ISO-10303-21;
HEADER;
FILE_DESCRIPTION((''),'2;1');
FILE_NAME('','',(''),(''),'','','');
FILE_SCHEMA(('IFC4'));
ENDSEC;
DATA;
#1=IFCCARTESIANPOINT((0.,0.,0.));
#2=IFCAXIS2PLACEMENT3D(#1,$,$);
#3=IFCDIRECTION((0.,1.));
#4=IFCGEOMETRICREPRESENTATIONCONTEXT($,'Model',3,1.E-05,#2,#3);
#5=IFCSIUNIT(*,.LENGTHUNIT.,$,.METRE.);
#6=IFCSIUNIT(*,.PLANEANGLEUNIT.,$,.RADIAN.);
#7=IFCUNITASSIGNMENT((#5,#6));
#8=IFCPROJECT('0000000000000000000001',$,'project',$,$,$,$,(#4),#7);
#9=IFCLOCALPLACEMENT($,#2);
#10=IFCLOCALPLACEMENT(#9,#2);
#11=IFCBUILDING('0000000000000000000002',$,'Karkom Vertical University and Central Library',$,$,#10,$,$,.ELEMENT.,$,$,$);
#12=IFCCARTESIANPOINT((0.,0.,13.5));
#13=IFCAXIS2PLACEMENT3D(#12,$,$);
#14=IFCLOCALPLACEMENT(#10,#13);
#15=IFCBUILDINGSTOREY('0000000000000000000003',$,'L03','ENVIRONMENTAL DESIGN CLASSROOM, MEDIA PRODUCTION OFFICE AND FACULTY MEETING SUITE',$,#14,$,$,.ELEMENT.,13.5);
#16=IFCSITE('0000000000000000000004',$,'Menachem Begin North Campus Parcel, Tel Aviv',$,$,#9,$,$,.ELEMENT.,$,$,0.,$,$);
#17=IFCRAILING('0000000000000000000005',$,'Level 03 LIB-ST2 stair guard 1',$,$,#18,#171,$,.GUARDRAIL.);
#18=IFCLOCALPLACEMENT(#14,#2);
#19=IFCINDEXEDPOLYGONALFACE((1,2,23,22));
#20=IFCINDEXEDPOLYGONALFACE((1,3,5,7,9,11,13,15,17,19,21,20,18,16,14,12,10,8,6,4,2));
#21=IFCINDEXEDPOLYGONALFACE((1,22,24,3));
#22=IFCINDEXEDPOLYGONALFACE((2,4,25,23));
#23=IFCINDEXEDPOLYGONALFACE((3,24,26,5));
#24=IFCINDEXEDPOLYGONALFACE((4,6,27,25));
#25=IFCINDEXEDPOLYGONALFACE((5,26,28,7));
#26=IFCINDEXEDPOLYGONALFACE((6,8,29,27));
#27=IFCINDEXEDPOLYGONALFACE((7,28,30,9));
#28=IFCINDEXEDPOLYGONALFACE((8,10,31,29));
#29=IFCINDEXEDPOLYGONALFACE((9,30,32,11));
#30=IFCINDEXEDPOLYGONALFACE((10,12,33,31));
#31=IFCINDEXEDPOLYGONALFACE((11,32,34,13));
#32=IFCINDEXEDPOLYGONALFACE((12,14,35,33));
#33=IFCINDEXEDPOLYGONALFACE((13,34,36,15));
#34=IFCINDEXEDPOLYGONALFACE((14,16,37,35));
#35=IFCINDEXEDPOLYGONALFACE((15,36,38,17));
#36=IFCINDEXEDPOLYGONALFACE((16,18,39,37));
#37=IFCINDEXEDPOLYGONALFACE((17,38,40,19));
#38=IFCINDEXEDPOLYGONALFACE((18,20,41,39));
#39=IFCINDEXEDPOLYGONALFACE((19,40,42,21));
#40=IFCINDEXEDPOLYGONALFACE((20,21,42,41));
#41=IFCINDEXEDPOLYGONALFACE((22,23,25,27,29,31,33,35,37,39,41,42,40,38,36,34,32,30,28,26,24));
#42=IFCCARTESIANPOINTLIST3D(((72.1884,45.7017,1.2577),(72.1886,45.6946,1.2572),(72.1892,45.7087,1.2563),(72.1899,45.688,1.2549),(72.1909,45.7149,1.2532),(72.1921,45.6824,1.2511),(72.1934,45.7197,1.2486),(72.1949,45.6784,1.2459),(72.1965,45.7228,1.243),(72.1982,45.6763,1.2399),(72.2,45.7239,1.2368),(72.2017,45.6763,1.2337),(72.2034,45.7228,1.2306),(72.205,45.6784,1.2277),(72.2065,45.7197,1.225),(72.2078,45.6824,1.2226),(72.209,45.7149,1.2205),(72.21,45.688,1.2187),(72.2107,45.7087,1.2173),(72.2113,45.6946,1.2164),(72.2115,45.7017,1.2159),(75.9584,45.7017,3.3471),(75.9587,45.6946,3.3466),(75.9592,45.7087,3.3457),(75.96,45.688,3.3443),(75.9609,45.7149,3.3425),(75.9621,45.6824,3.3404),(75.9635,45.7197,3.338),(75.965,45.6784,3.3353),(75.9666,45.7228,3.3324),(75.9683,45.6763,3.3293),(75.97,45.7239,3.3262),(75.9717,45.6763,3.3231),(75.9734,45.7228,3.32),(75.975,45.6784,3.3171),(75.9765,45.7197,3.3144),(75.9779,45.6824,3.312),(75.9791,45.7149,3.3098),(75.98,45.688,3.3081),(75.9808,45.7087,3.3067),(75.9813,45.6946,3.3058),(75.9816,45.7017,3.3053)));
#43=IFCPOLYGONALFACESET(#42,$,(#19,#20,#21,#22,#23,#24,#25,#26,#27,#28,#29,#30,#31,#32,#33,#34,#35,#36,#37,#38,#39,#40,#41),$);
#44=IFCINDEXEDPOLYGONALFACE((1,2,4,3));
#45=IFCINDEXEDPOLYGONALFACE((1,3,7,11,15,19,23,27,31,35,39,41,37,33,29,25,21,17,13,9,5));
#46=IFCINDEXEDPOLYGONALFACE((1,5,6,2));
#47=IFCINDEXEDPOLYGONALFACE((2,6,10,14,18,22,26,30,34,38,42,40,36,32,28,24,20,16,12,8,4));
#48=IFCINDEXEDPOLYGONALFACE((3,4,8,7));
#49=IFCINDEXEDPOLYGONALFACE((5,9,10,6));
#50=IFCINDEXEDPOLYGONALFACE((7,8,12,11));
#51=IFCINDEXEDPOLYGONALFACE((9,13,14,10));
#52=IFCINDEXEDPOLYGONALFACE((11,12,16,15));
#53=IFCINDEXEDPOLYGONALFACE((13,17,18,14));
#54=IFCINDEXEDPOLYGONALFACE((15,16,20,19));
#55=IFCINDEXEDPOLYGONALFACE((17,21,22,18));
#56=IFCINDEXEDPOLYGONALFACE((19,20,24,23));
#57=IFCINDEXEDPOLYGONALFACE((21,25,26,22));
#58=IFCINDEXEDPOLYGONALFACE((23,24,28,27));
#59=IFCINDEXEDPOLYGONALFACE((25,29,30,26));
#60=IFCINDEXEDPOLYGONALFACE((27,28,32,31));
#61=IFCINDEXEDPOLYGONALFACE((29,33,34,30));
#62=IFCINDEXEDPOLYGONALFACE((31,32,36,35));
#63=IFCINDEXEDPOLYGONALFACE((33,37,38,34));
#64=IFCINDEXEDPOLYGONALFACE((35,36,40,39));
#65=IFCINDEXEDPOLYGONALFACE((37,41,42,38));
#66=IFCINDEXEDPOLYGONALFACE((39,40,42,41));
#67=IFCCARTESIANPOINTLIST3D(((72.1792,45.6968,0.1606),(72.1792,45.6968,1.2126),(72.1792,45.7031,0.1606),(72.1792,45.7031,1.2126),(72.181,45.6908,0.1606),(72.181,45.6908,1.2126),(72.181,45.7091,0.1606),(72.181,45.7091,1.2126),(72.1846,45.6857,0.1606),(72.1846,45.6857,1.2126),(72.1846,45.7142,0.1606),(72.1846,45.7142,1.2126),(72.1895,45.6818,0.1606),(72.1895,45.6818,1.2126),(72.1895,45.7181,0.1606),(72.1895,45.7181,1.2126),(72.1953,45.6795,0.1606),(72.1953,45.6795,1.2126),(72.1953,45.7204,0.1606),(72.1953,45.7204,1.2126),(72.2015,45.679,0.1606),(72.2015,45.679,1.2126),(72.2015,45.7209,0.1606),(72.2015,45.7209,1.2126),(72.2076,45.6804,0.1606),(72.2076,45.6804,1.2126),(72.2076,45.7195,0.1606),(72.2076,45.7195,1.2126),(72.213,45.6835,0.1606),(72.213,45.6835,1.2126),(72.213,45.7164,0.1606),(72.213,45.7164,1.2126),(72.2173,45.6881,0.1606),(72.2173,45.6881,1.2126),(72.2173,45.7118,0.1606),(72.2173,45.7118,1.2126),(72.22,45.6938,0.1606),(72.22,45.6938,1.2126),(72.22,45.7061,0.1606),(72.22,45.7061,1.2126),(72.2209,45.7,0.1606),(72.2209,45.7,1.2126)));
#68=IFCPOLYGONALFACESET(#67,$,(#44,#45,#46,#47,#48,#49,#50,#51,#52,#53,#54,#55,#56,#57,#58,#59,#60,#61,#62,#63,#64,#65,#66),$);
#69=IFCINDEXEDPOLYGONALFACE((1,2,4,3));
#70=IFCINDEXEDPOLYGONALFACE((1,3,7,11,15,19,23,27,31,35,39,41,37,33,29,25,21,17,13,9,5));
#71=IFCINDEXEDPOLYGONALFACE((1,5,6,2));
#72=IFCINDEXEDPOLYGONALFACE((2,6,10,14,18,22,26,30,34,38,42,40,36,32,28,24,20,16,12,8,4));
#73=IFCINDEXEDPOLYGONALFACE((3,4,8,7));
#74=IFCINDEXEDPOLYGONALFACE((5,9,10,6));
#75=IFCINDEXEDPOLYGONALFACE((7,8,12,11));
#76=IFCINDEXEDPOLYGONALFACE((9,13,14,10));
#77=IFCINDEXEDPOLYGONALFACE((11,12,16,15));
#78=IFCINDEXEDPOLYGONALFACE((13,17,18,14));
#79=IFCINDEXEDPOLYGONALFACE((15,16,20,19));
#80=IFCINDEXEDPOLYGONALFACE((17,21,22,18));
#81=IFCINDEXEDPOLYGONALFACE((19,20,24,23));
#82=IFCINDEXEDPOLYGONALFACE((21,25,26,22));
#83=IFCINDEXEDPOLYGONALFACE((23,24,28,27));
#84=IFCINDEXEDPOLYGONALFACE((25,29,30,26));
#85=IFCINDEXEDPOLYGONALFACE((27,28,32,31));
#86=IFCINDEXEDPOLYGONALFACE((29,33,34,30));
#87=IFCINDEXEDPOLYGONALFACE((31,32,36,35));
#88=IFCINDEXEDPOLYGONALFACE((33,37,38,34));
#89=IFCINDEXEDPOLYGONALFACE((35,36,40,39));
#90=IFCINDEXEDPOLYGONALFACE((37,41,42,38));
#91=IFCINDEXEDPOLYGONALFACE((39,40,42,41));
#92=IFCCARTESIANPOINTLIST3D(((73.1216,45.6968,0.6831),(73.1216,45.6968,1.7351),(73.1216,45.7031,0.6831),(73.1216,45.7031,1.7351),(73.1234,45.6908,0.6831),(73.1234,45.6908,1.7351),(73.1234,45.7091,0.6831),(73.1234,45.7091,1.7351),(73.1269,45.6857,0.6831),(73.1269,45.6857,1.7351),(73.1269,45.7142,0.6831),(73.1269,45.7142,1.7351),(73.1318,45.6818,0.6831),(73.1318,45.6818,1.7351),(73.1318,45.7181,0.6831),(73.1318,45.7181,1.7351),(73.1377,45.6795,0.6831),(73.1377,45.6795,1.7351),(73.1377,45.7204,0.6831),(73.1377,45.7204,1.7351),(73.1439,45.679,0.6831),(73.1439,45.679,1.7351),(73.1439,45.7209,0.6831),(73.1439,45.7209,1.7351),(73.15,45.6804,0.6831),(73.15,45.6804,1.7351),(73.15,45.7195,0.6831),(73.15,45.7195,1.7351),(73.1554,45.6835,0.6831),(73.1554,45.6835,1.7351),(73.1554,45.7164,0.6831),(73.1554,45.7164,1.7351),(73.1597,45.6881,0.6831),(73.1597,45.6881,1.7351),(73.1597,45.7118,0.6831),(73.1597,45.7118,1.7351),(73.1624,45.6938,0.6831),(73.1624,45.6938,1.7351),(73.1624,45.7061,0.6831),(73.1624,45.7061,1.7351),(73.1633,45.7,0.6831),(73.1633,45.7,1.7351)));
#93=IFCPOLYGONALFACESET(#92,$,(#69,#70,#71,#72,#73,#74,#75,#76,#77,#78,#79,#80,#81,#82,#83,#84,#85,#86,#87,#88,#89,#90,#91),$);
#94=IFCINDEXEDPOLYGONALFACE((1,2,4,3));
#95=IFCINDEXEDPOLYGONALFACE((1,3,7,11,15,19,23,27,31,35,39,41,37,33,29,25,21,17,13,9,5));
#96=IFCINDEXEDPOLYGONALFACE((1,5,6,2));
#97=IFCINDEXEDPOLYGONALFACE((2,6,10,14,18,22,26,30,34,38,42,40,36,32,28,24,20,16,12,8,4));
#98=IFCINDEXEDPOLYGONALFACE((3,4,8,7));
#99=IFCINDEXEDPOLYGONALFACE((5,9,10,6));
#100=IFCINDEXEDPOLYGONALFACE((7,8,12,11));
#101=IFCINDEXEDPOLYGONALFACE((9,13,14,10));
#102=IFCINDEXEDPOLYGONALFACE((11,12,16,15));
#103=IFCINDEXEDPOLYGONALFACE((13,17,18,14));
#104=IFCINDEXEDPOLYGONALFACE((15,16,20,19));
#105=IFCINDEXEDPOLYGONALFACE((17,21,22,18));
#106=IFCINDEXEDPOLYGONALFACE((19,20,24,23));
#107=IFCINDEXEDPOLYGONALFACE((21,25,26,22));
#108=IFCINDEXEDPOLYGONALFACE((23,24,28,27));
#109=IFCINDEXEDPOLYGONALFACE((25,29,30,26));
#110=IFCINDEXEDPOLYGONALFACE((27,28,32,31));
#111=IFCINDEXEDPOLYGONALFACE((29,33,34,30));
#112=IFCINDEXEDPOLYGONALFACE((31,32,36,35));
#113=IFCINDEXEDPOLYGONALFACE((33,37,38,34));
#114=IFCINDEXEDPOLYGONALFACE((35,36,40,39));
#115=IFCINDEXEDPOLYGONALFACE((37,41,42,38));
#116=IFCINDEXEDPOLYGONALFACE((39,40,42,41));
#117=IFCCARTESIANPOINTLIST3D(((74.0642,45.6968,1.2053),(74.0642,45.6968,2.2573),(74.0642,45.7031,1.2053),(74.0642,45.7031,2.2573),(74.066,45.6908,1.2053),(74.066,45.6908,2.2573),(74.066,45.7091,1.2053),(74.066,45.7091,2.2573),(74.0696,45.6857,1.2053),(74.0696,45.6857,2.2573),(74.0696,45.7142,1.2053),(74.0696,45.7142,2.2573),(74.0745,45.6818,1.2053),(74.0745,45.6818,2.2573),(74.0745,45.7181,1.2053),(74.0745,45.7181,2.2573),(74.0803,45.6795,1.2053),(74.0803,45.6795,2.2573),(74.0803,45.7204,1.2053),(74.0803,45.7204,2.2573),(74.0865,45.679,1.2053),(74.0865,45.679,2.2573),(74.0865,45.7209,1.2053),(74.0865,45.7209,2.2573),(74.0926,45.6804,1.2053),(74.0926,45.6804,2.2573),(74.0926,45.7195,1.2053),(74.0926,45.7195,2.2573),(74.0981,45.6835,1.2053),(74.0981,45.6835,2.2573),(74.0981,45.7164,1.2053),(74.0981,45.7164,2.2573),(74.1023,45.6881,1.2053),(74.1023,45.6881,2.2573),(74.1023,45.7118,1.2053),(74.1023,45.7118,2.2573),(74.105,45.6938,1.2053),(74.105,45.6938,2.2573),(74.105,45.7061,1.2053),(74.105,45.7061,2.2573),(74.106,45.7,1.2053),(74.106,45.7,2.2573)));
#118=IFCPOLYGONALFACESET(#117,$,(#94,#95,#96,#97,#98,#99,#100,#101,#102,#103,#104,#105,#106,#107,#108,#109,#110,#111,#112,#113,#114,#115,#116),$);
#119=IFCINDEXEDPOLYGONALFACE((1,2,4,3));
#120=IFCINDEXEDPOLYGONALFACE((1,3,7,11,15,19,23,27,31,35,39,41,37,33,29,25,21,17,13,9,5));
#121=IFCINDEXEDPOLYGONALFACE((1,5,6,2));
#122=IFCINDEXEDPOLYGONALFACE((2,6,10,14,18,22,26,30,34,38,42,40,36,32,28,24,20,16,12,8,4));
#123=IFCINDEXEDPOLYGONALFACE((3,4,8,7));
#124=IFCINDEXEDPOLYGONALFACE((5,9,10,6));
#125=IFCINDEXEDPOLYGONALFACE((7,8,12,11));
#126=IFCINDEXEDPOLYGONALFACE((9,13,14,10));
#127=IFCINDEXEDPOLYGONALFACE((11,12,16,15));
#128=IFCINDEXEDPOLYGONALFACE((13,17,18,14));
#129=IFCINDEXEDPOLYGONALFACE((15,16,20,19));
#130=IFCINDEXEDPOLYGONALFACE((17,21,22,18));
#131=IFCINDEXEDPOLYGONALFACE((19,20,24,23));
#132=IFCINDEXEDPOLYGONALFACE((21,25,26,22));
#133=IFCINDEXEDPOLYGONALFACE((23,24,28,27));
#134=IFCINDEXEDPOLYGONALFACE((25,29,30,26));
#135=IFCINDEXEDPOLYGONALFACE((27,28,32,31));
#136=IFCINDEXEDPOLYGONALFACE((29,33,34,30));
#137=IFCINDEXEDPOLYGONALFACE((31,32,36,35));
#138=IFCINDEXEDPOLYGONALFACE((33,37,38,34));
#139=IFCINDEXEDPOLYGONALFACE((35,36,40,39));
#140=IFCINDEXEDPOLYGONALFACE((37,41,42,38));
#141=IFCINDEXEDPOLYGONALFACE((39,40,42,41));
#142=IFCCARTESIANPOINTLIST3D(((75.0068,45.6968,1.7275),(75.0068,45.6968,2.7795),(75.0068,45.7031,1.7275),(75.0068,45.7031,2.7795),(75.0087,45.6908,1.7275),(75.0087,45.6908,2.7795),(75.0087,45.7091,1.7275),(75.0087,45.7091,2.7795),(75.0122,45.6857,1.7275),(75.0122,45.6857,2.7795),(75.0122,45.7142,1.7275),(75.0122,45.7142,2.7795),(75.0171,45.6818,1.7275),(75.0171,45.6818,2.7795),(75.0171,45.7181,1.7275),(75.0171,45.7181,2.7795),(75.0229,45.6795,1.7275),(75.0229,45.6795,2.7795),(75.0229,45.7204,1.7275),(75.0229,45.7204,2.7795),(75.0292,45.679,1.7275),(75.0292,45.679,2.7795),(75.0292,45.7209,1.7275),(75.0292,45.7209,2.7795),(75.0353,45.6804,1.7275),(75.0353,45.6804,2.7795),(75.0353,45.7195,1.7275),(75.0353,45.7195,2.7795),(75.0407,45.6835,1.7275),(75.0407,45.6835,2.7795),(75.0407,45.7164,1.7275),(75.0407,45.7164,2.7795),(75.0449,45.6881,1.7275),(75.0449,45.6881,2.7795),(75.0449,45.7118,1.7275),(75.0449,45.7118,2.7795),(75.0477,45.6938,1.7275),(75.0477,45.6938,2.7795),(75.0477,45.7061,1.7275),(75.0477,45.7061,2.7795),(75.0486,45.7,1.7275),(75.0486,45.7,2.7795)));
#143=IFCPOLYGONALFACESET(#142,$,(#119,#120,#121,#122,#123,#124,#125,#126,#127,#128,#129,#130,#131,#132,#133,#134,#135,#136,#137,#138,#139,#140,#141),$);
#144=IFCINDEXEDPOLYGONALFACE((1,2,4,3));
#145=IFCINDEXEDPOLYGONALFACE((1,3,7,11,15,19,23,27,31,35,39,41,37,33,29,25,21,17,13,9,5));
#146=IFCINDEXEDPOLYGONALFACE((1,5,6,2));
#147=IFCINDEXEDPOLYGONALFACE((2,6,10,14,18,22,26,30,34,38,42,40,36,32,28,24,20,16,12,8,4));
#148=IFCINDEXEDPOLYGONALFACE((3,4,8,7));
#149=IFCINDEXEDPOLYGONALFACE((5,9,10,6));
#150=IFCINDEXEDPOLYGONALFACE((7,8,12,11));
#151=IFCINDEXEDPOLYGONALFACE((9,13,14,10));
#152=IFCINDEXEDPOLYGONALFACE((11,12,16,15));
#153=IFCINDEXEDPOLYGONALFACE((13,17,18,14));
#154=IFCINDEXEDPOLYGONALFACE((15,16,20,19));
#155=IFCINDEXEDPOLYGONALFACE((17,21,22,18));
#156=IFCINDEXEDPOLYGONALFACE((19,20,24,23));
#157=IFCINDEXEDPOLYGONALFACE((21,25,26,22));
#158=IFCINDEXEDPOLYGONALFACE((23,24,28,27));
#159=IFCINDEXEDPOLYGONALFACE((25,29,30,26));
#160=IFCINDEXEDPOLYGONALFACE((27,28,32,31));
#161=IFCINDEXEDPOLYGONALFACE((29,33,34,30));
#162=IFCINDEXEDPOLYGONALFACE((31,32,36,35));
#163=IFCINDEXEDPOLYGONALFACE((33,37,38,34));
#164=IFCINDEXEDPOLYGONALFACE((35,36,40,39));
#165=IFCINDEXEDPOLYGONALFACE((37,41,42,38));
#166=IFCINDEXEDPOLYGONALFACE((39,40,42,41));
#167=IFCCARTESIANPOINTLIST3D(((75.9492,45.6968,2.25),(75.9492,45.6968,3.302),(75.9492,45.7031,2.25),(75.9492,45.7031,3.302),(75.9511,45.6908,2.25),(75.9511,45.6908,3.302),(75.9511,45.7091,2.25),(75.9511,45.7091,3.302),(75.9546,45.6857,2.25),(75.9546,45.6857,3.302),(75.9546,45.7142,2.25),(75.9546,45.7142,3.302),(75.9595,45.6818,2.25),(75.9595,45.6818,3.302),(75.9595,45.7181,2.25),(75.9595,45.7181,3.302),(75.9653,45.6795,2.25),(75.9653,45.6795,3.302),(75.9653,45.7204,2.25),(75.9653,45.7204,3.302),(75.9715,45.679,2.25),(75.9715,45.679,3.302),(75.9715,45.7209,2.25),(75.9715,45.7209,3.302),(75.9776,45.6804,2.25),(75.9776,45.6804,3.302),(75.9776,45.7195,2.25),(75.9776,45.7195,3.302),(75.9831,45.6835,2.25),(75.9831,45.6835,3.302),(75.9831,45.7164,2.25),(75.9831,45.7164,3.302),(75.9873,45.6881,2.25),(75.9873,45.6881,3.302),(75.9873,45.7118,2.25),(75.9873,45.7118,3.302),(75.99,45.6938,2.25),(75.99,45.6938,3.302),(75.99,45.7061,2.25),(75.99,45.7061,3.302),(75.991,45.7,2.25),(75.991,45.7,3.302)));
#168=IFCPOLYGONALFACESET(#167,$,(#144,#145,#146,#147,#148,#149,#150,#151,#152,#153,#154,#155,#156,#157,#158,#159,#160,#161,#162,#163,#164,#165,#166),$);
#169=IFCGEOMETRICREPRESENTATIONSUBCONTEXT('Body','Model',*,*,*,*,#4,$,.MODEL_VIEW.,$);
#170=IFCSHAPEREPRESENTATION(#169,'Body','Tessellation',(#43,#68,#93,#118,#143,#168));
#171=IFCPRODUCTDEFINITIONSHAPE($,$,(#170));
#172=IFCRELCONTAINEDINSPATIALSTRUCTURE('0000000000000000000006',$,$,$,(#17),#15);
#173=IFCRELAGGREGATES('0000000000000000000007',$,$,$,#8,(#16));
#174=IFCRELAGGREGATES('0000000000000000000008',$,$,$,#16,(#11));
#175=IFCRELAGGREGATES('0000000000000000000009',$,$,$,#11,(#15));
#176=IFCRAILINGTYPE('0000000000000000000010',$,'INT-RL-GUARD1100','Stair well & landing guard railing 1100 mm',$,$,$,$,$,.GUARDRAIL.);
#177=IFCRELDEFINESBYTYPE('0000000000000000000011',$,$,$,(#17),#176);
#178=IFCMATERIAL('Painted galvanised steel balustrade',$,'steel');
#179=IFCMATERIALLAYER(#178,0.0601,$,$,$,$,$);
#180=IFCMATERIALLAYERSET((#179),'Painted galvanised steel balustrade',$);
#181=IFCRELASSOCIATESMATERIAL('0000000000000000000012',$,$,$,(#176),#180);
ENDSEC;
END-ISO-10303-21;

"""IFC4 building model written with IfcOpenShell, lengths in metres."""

from ifc_helpers import new_model, si_unit, direction, frame, origin, origin_2d, place, context, subcontext, project, spatial, circle, extrude, material, layer, layer_set, type_object, element, save


model = new_model("IFC4")

# Units and contexts
model_context = context("Model", 3, precision=1e-05, world=origin(), true_north=direction((0.0, 1.0)))
body_context = subcontext(model_context, "Body", "Model", "MODEL_VIEW")
ifc_project = project(units=[si_unit("LENGTHUNIT", "METRE"), si_unit("PLANEANGLEUNIT", "RADIAN")], contexts=[model_context])

# Site, building, storey
site_placement = place(None, origin())
site = spatial("IfcSite", under=ifc_project, at=site_placement, Name="Menachem Begin North Campus Parcel, Tel Aviv", CompositionType="ELEMENT", RefElevation=0.0)
building_placement = place(site_placement, origin())
building = spatial("IfcBuilding", under=site, at=building_placement, Name="Karkom Vertical University and Central Library", CompositionType="ELEMENT")
storey_placement = place(building_placement, frame((0.0, 0.0, 13.5)))
storey = spatial("IfcBuildingStorey", under=building, at=storey_placement, Name="L03", Description="ENVIRONMENTAL DESIGN CLASSROOM, MEDIA PRODUCTION OFFICE AND FACULTY MEETING SUITE", CompositionType="ELEMENT", Elevation=13.5)

# Railing
ifc_material_1 = material(Name="Painted galvanised steel balustrade", Category="steel")
ifc_layer_1 = layer(ifc_material_1, 0.0601)
ifc_layer_set_1 = layer_set([ifc_layer_1], Name="Painted galvanised steel balustrade")
railing_type_1 = type_object("IfcRailingType", Name="INT-RL-GUARD1100", Description="Stair well & landing guard railing 1100 mm", PredefinedType="GUARDRAIL", material=ifc_layer_set_1)
railing_1_placement = place(storey_placement, frame((72.2, 45.7, 0.1606)))
element("IfcRailing", 1, at=railing_1_placement, inside=storey, type_object=railing_type_1, Name="Level 03 LIB-ST2 stair guard 1", PredefinedType="GUARDRAIL", context=body_context, shape_type="SweptSolid", body=[
    extrude(circle(Radius=0.0239, at=origin_2d()), frame((0.0, 0.0, 1.0762), z_axis=(0.874659, 0.0, 0.484739), x_axis=(0.0, 1.0, 0.0)), (0.0, 0.0, 1.0), 4.3103),
    extrude(circle(Radius=0.021, at=origin_2d()), origin(), (0.0, 0.0, 1.0), 1.052),
    extrude(circle(Radius=0.021, at=origin_2d()), frame((0.9424, 0.0, 0.5225)), (0.0, 0.0, 1.0), 1.052),
    extrude(circle(Radius=0.021, at=origin_2d()), frame((1.885, 0.0, 1.0447)), (0.0, 0.0, 1.0), 1.052),
    extrude(circle(Radius=0.021, at=origin_2d()), frame((2.8276, 0.0, 1.5669)), (0.0, 0.0, 1.0), 1.052),
    extrude(circle(Radius=0.021, at=origin_2d()), frame((3.77, 0.0, 2.0894)), (0.0, 0.0, 1.0), 1.052),
])

save(model, "model.ifc")
